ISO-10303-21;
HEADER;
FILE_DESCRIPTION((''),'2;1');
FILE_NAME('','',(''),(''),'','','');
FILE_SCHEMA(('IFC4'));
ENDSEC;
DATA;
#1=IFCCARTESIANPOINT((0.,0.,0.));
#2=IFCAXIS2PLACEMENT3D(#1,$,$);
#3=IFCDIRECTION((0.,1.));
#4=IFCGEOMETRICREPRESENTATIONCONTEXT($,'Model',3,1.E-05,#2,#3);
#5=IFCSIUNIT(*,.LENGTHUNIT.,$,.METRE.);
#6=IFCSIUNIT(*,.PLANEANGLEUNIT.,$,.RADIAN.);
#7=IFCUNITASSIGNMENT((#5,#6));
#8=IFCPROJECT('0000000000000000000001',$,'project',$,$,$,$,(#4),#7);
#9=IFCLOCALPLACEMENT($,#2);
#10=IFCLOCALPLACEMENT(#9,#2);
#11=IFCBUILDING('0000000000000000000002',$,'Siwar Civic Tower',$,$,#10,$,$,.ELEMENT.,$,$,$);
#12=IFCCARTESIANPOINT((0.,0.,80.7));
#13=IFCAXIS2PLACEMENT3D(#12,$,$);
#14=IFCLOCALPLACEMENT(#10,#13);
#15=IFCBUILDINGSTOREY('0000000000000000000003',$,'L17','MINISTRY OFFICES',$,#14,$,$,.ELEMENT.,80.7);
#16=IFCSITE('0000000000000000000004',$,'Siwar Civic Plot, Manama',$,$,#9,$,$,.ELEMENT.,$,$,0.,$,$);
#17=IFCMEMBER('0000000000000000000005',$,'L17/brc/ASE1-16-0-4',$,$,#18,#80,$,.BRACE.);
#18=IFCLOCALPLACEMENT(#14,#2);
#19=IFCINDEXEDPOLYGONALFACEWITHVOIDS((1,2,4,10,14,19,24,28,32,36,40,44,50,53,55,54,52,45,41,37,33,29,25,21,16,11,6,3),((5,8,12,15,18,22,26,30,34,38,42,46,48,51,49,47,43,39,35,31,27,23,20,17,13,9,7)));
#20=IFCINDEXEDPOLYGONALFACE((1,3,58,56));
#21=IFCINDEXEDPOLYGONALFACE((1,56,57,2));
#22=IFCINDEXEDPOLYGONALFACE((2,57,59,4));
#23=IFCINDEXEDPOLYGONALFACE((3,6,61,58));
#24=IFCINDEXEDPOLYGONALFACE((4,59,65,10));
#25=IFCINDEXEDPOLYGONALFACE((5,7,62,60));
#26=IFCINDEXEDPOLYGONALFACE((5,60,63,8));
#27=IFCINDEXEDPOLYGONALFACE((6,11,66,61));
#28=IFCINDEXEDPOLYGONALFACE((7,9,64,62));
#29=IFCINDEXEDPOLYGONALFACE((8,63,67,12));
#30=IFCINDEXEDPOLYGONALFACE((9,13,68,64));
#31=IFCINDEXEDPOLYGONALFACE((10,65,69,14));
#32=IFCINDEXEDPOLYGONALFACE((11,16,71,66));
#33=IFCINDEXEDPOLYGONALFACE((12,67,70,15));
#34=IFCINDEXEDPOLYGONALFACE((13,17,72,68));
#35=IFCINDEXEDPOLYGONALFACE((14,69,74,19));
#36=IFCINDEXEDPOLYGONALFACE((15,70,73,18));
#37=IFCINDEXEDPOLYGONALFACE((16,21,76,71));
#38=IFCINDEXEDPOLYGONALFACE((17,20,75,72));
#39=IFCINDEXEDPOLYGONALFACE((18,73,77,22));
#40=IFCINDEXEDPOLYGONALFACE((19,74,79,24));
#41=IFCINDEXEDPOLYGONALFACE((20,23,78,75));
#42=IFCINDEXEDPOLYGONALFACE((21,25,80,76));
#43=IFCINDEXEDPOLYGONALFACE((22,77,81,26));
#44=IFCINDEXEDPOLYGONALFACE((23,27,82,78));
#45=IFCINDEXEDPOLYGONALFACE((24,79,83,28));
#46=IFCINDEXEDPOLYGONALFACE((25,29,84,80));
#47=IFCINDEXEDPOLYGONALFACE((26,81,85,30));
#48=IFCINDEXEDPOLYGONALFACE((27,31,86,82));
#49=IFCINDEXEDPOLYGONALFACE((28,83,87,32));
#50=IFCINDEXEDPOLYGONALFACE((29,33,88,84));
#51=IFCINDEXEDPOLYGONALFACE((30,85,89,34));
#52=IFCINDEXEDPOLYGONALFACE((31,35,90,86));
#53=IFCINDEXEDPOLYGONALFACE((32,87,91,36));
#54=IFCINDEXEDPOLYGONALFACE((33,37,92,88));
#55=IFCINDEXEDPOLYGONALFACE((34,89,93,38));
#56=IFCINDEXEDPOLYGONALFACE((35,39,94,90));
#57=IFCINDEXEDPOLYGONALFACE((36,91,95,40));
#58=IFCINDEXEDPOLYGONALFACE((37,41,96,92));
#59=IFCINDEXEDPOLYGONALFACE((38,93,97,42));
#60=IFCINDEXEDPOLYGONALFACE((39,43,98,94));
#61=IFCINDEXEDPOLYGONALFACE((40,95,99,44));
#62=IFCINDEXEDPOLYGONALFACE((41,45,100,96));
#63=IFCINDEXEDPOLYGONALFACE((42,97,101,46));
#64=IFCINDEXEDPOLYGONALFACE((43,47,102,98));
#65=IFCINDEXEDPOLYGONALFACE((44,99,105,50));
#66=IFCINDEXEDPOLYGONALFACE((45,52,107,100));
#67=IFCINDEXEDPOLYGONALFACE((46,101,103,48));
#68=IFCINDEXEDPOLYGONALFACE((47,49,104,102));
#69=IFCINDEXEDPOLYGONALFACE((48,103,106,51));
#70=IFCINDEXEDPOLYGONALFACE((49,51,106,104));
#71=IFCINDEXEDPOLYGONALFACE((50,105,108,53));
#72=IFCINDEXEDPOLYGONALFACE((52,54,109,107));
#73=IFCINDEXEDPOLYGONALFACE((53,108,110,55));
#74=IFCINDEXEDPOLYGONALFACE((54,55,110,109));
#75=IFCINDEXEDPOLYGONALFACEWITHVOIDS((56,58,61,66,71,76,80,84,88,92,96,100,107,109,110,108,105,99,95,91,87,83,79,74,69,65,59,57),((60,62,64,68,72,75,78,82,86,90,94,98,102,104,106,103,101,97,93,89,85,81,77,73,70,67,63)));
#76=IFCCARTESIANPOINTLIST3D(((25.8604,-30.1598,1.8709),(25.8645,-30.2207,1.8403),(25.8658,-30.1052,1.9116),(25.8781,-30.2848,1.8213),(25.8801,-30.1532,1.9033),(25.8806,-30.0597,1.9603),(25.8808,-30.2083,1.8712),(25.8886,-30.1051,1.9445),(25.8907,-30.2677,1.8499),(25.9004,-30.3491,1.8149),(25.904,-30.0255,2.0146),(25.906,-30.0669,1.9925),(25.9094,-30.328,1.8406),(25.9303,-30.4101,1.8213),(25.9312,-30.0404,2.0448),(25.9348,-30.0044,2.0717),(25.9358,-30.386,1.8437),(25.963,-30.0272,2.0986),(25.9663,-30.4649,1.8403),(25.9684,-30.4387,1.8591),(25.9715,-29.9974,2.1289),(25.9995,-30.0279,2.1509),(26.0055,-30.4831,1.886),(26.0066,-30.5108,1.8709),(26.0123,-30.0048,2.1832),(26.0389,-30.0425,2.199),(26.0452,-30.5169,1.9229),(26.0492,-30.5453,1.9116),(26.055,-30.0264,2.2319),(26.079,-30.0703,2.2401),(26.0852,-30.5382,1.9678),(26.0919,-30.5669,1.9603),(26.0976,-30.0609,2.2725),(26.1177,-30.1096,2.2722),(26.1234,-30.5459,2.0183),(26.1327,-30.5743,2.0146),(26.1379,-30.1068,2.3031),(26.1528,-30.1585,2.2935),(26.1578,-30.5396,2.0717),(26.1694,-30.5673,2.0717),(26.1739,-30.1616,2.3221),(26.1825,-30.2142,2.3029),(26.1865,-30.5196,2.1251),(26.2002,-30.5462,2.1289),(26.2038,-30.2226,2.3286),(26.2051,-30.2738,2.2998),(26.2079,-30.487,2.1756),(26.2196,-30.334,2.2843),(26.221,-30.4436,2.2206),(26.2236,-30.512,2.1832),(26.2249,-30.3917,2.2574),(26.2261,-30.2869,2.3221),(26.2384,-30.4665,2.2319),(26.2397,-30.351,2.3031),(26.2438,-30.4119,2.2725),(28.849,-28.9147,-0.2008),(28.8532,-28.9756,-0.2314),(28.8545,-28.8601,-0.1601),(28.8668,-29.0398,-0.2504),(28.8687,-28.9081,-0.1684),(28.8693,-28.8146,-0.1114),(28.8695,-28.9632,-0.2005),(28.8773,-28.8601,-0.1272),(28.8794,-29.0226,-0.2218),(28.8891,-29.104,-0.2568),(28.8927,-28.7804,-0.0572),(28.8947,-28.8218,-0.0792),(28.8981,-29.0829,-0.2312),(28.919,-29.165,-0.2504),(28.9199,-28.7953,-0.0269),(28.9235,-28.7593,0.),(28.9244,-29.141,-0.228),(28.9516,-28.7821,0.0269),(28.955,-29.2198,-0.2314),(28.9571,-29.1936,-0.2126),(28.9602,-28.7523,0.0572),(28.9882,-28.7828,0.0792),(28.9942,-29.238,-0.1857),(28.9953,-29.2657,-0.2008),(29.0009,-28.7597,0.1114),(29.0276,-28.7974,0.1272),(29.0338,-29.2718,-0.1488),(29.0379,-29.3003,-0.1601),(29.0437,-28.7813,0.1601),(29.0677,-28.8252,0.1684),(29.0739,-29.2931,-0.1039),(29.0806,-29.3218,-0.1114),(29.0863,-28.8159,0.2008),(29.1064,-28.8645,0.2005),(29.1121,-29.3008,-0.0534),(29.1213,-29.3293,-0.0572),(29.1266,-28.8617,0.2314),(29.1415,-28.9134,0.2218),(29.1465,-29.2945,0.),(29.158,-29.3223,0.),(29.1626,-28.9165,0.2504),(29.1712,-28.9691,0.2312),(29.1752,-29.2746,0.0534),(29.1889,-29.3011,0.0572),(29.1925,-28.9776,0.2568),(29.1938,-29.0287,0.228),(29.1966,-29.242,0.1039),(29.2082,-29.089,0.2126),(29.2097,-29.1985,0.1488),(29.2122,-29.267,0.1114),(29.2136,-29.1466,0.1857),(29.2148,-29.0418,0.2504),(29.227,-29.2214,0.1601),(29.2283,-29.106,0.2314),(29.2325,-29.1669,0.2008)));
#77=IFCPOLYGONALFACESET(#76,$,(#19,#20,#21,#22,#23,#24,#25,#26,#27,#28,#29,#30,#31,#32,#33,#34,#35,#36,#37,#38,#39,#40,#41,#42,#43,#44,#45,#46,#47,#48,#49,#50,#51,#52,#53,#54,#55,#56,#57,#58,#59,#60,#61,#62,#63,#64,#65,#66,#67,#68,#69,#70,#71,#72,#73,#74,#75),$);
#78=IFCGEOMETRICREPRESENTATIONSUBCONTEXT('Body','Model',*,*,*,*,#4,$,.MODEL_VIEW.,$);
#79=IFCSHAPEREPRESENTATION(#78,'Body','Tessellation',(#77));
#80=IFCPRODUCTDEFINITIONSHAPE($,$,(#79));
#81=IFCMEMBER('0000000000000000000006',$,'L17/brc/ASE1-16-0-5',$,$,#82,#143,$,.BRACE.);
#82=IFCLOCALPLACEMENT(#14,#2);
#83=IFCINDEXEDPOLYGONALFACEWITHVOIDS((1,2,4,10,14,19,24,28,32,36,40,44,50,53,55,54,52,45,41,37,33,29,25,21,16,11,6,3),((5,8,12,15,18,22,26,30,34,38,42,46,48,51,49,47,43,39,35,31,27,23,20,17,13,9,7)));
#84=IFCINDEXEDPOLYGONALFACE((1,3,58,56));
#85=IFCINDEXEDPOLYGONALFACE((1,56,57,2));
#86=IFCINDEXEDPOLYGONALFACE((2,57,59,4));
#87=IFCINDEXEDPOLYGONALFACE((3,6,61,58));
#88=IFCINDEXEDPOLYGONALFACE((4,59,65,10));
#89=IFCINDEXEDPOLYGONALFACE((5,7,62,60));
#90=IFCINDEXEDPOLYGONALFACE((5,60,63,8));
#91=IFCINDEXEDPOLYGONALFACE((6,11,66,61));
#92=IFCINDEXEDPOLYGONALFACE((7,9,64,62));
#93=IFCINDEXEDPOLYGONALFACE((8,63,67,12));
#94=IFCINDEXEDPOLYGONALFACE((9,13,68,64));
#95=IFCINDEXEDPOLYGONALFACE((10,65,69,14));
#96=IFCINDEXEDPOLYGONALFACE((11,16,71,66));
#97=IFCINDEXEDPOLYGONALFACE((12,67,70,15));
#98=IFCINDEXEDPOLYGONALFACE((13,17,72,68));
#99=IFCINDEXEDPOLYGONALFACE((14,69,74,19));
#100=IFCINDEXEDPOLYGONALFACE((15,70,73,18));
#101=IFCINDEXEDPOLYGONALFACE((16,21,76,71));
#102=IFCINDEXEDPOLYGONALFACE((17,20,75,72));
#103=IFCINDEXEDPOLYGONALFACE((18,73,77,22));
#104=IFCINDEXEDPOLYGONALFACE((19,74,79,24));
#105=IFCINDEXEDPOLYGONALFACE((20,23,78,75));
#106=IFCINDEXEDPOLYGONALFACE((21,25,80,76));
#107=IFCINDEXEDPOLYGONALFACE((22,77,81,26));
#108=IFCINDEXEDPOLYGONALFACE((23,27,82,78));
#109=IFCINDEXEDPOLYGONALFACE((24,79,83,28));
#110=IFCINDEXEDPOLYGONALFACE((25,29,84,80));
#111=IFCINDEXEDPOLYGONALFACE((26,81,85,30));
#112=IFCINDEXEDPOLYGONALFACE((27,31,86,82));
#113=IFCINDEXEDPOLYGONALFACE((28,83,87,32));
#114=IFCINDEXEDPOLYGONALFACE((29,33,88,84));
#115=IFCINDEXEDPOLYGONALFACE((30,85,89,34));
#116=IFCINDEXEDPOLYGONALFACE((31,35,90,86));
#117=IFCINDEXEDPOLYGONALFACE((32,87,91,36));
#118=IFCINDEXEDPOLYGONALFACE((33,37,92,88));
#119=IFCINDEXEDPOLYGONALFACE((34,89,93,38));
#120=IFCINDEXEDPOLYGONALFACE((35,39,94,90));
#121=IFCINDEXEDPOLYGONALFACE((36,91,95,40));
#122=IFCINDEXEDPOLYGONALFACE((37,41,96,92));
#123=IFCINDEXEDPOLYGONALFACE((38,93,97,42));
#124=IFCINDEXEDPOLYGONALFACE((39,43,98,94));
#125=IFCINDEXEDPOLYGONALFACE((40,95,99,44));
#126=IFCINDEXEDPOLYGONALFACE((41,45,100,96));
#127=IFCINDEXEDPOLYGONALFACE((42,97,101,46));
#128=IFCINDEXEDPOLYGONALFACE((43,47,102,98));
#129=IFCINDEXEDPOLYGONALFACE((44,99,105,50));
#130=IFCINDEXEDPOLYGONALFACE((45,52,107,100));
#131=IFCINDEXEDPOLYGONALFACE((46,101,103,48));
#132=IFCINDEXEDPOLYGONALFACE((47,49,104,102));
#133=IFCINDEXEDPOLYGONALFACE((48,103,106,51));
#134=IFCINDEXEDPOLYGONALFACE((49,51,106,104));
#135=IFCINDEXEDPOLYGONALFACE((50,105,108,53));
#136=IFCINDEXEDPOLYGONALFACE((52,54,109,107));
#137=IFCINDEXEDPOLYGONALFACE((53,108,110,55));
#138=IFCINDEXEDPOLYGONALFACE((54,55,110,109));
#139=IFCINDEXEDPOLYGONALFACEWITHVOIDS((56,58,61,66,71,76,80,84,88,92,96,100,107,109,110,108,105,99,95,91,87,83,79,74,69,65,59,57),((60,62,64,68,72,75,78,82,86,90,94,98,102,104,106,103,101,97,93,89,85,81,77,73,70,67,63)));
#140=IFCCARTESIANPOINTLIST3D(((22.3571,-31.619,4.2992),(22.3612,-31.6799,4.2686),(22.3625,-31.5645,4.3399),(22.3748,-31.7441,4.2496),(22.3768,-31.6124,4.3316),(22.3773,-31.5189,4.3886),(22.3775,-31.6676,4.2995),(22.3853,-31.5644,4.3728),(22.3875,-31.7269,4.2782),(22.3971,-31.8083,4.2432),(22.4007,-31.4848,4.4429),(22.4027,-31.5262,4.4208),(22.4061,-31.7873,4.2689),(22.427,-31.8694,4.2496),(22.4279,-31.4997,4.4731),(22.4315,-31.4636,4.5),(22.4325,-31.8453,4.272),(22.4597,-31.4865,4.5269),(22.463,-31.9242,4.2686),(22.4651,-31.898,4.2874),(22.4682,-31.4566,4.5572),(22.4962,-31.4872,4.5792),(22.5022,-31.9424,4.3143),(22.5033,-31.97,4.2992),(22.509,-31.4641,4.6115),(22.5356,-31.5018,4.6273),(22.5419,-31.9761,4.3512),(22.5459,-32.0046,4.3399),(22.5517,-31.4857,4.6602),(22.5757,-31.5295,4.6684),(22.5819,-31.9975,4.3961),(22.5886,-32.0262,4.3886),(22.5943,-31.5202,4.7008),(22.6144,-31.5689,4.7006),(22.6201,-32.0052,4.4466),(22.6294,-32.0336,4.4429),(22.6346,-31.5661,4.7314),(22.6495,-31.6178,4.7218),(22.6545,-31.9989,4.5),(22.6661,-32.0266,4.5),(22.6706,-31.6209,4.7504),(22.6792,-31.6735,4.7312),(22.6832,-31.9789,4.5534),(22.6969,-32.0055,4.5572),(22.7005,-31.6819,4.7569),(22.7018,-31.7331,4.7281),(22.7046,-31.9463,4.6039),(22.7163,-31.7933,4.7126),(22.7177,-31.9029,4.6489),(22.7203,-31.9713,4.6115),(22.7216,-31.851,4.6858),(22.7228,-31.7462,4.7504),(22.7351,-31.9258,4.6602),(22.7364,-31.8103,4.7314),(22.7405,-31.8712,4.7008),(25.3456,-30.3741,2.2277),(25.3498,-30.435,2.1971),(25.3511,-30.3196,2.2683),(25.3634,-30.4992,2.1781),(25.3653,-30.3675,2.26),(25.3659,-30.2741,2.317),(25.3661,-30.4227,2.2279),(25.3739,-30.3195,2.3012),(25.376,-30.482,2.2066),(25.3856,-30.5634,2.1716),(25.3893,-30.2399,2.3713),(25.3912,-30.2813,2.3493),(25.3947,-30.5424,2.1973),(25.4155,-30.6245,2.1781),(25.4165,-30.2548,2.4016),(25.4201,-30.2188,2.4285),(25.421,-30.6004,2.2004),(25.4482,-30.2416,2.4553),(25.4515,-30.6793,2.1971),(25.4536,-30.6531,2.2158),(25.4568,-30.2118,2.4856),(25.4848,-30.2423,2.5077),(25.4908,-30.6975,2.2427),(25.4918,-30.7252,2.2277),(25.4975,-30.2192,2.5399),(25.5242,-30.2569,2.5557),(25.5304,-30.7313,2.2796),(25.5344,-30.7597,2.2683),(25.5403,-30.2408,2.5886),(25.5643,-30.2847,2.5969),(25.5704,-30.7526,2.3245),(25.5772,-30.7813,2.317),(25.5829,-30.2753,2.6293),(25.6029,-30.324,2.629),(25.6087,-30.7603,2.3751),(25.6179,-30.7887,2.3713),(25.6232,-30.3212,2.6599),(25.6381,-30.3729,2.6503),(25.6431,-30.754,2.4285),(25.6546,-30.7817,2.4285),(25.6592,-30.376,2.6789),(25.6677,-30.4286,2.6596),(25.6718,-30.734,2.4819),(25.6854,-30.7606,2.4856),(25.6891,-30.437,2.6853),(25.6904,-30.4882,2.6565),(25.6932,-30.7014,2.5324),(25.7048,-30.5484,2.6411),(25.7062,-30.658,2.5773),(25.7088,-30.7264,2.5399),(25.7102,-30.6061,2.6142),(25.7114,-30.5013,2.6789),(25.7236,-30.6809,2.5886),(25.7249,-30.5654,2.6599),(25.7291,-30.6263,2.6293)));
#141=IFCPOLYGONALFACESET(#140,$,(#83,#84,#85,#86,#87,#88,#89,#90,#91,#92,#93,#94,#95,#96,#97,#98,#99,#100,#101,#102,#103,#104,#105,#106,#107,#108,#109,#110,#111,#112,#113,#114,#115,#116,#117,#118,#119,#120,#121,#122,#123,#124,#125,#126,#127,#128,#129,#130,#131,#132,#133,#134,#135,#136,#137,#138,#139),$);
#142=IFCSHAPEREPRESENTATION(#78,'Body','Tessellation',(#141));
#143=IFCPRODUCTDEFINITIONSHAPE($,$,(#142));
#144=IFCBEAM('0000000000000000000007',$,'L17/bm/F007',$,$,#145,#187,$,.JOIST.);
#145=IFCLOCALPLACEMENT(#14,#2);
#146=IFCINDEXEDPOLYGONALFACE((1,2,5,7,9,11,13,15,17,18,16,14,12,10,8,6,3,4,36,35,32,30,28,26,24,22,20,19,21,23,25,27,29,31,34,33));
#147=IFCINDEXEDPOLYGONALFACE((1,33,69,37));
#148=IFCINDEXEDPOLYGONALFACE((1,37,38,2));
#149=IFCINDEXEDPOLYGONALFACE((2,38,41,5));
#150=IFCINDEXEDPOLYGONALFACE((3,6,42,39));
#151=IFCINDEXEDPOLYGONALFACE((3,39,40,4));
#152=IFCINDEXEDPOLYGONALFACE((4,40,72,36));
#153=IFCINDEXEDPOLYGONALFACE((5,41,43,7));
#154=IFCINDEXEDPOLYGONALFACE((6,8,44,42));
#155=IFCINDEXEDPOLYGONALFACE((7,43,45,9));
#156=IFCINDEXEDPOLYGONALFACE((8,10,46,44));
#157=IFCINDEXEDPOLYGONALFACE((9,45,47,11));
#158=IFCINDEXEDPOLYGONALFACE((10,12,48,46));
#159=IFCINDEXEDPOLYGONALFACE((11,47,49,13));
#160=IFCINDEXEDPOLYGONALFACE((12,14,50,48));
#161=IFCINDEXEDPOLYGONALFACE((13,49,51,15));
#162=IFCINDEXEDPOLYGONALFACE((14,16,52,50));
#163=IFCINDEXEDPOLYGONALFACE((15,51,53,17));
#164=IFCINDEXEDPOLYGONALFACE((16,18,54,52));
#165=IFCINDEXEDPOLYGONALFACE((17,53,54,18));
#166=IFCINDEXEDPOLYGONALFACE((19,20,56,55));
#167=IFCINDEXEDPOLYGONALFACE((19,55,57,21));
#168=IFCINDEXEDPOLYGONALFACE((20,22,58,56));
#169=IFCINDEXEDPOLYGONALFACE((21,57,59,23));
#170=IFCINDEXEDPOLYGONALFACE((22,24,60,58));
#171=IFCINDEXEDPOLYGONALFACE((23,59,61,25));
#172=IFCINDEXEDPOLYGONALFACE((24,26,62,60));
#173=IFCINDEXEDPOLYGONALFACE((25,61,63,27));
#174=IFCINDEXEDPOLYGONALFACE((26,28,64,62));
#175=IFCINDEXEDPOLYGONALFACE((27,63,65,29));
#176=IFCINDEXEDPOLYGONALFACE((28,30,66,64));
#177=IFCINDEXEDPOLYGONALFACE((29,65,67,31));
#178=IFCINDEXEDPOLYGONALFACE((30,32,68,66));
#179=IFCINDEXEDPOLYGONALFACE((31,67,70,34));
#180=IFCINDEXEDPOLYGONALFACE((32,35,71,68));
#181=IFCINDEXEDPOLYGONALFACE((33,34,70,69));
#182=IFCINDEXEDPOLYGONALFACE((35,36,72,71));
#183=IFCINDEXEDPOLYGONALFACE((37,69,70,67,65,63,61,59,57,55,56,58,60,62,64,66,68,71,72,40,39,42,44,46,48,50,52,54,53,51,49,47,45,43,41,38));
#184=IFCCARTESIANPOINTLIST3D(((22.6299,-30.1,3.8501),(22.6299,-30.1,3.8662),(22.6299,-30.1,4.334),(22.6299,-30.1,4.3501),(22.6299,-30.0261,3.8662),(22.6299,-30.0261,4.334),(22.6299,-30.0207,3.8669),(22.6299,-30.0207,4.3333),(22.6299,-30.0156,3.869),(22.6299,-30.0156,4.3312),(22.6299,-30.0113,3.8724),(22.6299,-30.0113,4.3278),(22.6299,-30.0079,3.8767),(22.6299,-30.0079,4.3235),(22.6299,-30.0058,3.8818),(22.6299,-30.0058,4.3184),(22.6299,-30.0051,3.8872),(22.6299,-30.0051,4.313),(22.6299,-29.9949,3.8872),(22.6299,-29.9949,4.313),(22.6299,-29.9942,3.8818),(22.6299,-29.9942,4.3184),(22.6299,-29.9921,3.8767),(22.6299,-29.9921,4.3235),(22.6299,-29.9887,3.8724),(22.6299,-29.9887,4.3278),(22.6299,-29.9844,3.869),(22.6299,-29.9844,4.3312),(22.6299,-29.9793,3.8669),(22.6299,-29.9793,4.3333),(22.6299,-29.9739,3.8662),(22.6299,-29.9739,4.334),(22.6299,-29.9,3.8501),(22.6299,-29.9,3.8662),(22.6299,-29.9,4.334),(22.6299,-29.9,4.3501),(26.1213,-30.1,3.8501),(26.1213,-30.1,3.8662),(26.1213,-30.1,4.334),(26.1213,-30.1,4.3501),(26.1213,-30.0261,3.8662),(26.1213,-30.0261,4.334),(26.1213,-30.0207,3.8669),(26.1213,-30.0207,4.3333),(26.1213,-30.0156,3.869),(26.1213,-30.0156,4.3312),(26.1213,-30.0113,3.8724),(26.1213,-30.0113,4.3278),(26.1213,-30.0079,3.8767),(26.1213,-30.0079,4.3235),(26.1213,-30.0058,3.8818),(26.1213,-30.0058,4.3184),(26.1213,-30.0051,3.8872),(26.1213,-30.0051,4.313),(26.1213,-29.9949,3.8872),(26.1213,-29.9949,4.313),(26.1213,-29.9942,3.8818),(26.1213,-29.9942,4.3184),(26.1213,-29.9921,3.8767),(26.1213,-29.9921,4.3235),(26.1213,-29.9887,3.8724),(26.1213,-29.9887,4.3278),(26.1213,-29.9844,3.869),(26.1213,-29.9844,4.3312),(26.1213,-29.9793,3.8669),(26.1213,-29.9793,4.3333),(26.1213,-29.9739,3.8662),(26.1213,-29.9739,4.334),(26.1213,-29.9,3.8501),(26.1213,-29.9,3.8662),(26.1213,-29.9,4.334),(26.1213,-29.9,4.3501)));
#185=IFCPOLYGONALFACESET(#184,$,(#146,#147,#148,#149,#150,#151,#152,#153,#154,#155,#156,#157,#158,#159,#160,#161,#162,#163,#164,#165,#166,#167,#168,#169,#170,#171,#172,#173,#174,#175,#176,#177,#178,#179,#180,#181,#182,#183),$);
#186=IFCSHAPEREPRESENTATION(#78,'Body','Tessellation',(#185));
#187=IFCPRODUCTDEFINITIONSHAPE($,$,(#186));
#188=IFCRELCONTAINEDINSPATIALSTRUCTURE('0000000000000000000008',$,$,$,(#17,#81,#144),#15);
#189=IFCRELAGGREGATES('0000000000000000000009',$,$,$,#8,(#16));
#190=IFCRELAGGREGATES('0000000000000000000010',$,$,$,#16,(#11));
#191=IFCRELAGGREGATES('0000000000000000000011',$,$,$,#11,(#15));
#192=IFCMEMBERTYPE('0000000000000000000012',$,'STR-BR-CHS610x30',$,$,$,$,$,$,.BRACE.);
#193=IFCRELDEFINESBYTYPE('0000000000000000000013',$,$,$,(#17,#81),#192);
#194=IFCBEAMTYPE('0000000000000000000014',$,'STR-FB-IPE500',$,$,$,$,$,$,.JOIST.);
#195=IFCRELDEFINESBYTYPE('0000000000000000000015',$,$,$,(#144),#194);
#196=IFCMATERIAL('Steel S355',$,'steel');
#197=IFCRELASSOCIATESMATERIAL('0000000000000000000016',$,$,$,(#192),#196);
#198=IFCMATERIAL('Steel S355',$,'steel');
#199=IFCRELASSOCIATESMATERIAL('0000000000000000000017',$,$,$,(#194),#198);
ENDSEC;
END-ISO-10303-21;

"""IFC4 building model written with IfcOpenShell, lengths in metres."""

from ifc_helpers import new_model, si_unit, direction, frame, origin, origin_2d, place, context, subcontext, project, spatial, hollow_circle, i_section, extrude, material, material_profile, profile_set, type_object, element, save


model = new_model("IFC4")

# Units and contexts
model_context = context("Model", 3, precision=1e-05, world=origin(), true_north=direction((0.0, 1.0)))
body_context = subcontext(model_context, "Body", "Model", "MODEL_VIEW")
ifc_project = project(units=[si_unit("LENGTHUNIT", "METRE"), si_unit("PLANEANGLEUNIT", "RADIAN")], contexts=[model_context])

# Site, building, storey
site_placement = place(None, origin())
site = spatial("IfcSite", under=ifc_project, at=site_placement, Name="Siwar Civic Plot, Manama", CompositionType="ELEMENT", RefElevation=0.0)
building_placement = place(site_placement, origin())
building = spatial("IfcBuilding", under=site, at=building_placement, Name="Siwar Civic Tower", CompositionType="ELEMENT")
storey_placement = place(building_placement, frame((0.0, 0.0, 80.7)))
storey = spatial("IfcBuildingStorey", under=building, at=storey_placement, Name="L17", Description="MINISTRY OFFICES", CompositionType="ELEMENT", Elevation=80.7)

# Members
ifc_material_1 = material(Name="Steel S355", Category="steel")
ifc_material_profile_1 = material_profile(ifc_material_1, hollow_circle(Radius=0.3049, WallThickness=0.03, at=origin_2d()), Name="CHS610x30")
ifc_profile_set_1 = profile_set([ifc_material_profile_1], Name="Steel S355")
member_type_1 = type_object("IfcMemberType", Name="STR-BR-CHS610x30", PredefinedType="BRACE", material=ifc_profile_set_1)
member_1_placement = place(storey_placement, frame((29.0408, -29.0408, 0.0), z_axis=(-0.777542, -0.323923, 0.538982), x_axis=(0.384562, -0.923099, 0.0)))
element("IfcMember", 1, at=member_1_placement, inside=storey, type_object=member_type_1, Name="L17/brc/ASE1-16-0-4", PredefinedType="BRACE", context=body_context, shape_type="SweptSolid", body=[
    extrude(hollow_circle(Radius=0.3049, WallThickness=0.03, at=origin_2d()), origin(), (0.0, 0.0, 1.0), 3.8438),
])
member_2_placement = place(storey_placement, frame((25.5374, -30.5002, 2.4285), z_axis=(-0.77756, -0.323893, 0.538975), x_axis=(0.384524, -0.923115, 0.0)))
element("IfcMember", 2, at=member_2_placement, inside=storey, type_object=member_type_1, Name="L17/brc/ASE1-16-0-5", PredefinedType="BRACE", context=body_context, shape_type="SweptSolid", body=[
    extrude(hollow_circle(Radius=0.3049, WallThickness=0.03, at=origin_2d()), origin(), (0.0, 0.0, 1.0), 3.8435),
])

# Beam
ifc_material_2 = material(Name="Steel S355", Category="steel")
ifc_material_profile_2 = material_profile(ifc_material_2, i_section(OverallWidth=0.2, OverallDepth=0.5, WebThickness=0.0103, FlangeThickness=0.0161, FilletRadius=0.021, at=origin_2d()), Name="IPE500")
ifc_profile_set_2 = profile_set([ifc_material_profile_2], Name="Steel S355")
beam_type_1 = type_object("IfcBeamType", Name="STR-FB-IPE500", PredefinedType="JOIST", material=ifc_profile_set_2)
beam_1_placement = place(storey_placement, frame((22.6299, -30.0, 4.1001), z_axis=(1.0, 0.0, 0.0), x_axis=(0.0, 1.0, 0.0)))
element("IfcBeam", 3, at=beam_1_placement, inside=storey, type_object=beam_type_1, Name="L17/bm/F007", PredefinedType="JOIST", context=body_context, shape_type="SweptSolid", body=[
    extrude(i_section(OverallWidth=0.2, OverallDepth=0.5, WebThickness=0.0103, FlangeThickness=0.0161, FilletRadius=0.021, at=origin_2d()), origin(), (0.0, 0.0, 1.0), 3.4915),
])

save(model, "model.ifc")
